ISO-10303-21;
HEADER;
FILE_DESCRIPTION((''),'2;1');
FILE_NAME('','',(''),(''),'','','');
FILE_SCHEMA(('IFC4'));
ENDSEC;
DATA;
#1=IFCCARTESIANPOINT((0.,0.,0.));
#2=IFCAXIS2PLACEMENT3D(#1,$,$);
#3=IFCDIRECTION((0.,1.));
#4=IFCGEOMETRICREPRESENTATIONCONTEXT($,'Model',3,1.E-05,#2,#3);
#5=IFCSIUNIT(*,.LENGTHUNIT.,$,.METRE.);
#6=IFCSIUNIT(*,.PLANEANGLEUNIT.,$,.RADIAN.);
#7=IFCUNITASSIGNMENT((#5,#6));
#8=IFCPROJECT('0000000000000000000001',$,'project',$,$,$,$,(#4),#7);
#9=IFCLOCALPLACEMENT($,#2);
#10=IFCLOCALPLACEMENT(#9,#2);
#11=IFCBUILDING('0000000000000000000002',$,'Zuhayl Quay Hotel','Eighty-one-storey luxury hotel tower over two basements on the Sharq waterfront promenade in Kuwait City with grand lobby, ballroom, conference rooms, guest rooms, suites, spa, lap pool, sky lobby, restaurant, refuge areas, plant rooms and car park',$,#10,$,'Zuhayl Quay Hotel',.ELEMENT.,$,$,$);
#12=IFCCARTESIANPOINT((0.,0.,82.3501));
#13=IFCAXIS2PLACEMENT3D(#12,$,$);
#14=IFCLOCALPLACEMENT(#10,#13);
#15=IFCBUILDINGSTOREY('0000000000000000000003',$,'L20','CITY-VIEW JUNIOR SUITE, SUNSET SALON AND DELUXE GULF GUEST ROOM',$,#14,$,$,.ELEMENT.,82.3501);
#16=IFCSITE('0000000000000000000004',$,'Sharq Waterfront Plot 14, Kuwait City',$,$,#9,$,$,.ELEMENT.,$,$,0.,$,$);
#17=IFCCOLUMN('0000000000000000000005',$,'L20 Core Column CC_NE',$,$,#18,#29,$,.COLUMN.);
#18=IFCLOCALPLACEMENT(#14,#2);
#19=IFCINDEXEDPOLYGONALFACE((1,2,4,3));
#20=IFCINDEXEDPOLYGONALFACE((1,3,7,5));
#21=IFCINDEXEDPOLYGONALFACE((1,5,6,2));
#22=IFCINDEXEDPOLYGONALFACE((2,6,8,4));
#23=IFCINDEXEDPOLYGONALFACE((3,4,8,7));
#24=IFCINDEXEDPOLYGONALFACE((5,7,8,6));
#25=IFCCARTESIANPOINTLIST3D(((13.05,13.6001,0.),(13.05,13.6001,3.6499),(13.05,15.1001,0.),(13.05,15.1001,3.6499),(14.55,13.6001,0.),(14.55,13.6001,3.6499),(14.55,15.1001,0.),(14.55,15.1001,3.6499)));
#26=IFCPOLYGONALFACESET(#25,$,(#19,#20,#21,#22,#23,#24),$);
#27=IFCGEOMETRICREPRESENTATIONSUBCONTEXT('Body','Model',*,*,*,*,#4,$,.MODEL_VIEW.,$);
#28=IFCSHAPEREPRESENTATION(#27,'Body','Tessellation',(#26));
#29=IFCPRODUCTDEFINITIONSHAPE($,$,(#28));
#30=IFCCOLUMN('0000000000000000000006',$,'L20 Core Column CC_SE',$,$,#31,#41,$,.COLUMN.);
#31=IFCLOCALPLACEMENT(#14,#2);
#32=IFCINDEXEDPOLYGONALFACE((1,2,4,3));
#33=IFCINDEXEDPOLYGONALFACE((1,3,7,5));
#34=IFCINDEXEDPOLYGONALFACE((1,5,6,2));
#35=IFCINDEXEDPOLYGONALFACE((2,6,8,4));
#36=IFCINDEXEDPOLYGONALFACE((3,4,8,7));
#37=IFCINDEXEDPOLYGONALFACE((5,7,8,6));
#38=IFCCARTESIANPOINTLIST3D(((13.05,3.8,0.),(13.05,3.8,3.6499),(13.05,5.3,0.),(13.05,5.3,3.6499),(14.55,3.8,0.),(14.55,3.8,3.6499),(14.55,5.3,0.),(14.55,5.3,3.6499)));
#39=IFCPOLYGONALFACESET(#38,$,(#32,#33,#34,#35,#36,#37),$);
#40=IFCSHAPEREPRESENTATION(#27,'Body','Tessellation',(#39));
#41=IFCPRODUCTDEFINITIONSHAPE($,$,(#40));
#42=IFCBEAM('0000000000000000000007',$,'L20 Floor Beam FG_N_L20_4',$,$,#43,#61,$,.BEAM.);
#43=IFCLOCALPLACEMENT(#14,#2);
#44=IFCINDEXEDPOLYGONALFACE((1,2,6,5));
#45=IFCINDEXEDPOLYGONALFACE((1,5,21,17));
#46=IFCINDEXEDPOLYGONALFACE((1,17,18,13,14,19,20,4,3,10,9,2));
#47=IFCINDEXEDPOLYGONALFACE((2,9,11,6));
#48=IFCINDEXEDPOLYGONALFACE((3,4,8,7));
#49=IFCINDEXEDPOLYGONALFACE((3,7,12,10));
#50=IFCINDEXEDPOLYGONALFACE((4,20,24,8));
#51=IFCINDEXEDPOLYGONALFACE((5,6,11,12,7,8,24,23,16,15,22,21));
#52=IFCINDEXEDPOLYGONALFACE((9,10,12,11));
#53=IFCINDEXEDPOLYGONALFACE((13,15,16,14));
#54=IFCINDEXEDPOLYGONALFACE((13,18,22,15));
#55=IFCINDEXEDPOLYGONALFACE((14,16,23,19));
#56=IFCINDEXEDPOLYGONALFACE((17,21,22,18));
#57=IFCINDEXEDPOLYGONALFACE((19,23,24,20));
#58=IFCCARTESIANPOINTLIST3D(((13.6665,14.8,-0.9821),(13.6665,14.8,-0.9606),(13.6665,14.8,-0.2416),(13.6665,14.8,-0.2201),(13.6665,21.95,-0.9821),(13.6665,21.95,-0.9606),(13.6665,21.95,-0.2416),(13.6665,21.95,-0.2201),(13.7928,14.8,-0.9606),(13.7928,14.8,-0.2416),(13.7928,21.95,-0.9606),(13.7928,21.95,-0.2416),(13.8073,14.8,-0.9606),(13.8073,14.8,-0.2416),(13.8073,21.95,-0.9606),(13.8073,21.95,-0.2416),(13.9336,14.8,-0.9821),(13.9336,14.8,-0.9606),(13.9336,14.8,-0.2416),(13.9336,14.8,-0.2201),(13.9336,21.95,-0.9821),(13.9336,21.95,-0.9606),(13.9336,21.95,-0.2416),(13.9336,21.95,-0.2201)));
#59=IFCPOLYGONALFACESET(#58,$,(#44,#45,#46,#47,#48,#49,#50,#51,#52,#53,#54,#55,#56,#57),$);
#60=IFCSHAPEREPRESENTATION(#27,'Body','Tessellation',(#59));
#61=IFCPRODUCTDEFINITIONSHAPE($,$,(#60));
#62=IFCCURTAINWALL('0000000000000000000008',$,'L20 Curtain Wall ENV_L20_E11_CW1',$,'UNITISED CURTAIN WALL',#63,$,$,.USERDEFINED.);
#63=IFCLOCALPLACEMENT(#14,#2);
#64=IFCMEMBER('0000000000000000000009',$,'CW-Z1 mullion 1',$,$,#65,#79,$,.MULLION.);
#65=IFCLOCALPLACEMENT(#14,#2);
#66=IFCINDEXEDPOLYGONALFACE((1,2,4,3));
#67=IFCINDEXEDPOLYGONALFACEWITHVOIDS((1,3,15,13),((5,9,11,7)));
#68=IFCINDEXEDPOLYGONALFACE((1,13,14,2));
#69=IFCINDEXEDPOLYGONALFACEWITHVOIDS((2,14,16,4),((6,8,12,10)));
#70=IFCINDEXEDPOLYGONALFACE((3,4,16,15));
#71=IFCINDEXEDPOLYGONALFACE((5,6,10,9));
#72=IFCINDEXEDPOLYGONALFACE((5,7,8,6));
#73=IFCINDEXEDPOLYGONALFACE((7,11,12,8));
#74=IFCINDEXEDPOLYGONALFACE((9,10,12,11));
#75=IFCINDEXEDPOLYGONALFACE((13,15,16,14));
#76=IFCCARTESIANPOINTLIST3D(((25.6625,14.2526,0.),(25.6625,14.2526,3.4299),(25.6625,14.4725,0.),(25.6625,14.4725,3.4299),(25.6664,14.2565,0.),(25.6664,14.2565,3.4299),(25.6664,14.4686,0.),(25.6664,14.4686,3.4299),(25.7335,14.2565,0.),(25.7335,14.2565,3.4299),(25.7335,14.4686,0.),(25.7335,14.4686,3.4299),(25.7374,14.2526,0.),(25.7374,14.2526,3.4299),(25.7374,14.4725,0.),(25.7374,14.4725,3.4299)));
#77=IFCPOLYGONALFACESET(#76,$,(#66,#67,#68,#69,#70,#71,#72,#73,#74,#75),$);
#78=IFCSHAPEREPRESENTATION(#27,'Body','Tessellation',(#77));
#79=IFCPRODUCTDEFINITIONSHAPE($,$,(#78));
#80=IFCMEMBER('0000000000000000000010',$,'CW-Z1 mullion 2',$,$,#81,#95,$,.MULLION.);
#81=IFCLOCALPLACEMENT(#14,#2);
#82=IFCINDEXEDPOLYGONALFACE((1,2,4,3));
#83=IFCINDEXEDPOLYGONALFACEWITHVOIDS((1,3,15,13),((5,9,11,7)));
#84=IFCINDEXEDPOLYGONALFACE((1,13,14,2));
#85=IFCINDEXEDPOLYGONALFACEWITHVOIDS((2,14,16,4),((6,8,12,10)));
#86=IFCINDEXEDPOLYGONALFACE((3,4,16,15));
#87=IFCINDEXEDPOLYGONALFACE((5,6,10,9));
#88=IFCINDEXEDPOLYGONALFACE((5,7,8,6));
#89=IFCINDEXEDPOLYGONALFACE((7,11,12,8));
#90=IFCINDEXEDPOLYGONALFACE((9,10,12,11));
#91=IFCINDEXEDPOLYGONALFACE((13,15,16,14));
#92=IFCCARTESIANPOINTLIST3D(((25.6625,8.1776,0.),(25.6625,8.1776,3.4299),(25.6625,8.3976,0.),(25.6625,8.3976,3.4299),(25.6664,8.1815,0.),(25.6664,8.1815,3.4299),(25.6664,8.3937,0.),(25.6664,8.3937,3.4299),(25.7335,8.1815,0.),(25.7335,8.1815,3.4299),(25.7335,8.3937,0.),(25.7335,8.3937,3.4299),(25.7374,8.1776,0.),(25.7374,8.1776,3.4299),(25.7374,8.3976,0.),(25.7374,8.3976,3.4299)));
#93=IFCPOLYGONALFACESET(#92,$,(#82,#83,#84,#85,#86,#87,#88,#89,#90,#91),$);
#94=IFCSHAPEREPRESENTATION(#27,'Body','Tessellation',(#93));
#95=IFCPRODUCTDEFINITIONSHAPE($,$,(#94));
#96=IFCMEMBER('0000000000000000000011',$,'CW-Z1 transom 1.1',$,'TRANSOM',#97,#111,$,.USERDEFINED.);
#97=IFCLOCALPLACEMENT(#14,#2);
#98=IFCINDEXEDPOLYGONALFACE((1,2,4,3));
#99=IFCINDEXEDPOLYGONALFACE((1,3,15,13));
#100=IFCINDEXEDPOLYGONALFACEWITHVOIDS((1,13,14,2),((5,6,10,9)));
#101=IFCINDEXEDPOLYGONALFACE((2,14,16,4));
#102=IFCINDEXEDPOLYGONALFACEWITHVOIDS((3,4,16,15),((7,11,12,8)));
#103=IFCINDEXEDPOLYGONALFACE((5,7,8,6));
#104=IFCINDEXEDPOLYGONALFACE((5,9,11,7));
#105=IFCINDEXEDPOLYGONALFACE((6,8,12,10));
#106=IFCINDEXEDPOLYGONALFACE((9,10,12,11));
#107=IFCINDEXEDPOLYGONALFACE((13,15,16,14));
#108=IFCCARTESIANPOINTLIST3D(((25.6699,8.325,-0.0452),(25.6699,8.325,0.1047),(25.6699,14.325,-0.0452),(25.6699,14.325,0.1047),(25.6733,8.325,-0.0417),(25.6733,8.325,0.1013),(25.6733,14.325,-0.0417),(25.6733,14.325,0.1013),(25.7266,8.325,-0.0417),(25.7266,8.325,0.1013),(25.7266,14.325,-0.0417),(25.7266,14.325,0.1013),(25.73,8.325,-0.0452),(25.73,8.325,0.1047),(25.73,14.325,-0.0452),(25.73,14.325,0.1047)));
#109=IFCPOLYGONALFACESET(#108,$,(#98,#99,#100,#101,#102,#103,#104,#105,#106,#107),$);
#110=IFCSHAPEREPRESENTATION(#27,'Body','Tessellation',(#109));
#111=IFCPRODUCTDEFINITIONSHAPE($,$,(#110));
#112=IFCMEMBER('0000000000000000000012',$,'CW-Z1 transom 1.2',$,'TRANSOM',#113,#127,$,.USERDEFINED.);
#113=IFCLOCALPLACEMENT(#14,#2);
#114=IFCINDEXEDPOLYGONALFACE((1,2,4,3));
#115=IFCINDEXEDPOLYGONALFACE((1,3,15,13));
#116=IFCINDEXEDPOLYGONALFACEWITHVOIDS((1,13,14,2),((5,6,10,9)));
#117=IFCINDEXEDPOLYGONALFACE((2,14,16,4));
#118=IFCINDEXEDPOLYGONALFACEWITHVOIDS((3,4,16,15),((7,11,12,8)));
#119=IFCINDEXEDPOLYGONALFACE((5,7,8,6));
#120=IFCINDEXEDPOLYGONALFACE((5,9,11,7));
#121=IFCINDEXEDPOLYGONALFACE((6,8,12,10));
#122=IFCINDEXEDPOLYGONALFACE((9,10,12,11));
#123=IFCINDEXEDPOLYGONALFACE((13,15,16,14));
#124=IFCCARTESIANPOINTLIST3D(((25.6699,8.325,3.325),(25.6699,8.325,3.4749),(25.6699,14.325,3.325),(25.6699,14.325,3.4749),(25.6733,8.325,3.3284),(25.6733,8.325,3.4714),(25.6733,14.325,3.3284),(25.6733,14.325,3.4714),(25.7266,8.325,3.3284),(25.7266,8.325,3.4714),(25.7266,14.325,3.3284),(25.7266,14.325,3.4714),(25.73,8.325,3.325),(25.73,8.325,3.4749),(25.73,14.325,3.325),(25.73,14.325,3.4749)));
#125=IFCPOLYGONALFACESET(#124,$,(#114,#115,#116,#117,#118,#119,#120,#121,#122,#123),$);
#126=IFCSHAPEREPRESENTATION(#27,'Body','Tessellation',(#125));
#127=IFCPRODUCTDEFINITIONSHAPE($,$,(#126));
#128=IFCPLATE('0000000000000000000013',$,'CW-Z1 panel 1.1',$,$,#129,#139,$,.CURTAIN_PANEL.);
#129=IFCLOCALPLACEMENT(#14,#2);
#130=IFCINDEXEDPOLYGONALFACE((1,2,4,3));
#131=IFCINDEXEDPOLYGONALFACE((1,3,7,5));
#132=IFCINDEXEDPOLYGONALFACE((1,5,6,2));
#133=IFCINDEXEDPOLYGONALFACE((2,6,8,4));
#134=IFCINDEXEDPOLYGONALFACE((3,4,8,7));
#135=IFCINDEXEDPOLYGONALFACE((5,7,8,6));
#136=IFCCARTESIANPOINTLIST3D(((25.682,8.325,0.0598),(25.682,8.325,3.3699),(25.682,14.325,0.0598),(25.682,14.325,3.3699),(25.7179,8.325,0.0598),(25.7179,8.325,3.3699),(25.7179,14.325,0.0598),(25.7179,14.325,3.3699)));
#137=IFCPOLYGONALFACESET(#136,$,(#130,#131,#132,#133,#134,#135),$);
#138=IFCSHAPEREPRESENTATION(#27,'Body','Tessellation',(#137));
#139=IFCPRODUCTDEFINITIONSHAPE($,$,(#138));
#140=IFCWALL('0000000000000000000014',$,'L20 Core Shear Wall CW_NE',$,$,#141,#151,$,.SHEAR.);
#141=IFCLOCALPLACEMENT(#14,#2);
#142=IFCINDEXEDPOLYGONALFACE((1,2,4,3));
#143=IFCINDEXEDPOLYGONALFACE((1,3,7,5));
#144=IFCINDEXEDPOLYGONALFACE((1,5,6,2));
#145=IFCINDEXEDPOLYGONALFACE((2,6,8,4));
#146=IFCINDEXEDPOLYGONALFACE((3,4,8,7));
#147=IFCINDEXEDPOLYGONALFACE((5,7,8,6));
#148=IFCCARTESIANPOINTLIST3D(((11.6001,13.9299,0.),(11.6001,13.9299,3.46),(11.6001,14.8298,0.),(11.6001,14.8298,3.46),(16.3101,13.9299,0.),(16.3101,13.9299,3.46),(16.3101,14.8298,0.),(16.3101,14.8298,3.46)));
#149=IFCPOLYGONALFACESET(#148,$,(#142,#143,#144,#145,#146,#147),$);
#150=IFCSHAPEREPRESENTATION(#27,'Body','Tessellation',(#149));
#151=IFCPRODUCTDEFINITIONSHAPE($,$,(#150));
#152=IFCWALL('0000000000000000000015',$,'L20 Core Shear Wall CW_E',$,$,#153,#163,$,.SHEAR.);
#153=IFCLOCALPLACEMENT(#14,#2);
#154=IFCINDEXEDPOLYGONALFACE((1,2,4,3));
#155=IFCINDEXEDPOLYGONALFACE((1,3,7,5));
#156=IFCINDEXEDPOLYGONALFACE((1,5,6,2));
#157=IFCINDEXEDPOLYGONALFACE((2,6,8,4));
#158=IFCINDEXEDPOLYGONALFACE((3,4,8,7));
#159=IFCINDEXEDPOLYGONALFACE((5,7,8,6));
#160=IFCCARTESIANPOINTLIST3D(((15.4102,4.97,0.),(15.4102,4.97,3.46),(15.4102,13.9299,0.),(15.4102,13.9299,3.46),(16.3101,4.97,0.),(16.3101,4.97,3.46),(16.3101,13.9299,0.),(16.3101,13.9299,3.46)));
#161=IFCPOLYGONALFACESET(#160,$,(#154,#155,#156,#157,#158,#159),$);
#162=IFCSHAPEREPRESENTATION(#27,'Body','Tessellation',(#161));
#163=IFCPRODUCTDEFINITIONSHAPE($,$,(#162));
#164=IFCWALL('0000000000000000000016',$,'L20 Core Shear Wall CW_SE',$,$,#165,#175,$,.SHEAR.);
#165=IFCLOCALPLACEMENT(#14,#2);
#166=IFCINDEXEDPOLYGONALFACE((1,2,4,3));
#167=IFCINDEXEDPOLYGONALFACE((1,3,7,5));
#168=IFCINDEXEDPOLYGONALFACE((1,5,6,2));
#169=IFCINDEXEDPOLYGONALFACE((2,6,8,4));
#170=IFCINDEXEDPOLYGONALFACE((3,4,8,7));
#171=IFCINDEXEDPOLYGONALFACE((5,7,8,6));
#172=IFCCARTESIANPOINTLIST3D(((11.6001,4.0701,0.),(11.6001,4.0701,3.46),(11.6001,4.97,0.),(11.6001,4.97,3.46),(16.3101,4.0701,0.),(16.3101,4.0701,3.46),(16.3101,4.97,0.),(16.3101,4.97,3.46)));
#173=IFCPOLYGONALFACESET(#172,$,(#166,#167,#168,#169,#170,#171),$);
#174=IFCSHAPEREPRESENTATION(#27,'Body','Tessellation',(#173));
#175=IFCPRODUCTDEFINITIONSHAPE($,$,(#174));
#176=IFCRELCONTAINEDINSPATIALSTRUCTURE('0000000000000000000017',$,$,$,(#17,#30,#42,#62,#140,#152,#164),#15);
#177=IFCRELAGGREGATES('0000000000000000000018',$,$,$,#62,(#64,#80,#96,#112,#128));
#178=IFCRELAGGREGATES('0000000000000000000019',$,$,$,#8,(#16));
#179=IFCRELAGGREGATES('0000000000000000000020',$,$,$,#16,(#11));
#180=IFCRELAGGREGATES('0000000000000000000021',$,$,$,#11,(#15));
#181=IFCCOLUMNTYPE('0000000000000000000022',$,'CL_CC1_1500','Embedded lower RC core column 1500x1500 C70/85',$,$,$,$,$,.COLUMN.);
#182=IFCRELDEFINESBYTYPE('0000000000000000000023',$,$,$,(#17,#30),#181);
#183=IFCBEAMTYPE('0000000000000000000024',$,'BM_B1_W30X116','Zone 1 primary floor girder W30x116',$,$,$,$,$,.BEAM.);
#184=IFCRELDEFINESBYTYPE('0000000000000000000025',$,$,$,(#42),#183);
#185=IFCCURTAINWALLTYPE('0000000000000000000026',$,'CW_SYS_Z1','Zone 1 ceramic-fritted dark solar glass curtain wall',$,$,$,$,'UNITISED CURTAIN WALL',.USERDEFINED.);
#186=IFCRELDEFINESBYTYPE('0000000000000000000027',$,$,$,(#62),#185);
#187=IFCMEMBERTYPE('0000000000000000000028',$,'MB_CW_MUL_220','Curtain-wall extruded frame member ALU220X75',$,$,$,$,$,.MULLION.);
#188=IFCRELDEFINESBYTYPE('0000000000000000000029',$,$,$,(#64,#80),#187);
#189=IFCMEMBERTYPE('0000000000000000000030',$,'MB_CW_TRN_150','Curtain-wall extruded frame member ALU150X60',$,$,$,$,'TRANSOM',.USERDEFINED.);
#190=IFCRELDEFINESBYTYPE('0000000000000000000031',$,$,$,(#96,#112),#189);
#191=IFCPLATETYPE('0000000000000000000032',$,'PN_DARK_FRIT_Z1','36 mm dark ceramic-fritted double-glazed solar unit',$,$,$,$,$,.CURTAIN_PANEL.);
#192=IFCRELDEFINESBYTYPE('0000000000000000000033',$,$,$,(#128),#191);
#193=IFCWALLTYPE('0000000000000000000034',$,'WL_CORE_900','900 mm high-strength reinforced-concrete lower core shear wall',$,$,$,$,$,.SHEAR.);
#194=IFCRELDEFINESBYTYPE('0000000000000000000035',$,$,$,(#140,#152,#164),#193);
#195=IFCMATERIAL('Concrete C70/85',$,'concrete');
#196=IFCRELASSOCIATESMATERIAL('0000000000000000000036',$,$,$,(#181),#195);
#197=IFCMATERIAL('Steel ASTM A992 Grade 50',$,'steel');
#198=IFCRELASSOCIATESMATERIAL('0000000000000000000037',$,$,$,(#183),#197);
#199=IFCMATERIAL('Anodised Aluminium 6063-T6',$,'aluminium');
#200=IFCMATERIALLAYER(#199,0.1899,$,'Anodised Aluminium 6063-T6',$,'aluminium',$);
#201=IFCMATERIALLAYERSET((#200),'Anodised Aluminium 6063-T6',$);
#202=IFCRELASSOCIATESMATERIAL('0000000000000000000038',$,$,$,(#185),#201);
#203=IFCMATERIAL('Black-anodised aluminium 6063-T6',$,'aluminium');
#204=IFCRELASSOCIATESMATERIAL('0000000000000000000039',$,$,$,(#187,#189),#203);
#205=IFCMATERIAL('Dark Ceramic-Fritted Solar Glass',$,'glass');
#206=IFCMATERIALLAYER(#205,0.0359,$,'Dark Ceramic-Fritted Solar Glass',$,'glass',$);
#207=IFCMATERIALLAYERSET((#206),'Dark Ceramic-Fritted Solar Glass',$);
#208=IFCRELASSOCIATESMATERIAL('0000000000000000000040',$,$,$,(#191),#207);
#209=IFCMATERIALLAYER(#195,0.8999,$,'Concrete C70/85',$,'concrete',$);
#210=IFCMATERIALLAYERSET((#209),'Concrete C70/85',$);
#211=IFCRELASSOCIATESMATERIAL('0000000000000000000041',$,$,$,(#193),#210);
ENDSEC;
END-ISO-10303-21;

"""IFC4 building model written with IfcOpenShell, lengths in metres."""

from ifc_helpers import new_model, si_unit, direction, frame, frame_2d, origin, origin_2d, place, context, subcontext, project, spatial, rectangle, hollow_rectangle, i_section, extrude, material, layer, layer_set, material_profile, profile_set, type_object, element, aggregate, save


model = new_model("IFC4")

# Units and contexts
model_context = context("Model", 3, precision=1e-05, world=origin(), true_north=direction((0.0, 1.0)))
body_context = subcontext(model_context, "Body", "Model", "MODEL_VIEW")
ifc_project = project(units=[si_unit("LENGTHUNIT", "METRE"), si_unit("PLANEANGLEUNIT", "RADIAN")], contexts=[model_context])

# Site, building, storey
site_placement = place(None, origin())
site = spatial("IfcSite", under=ifc_project, at=site_placement, Name="Sharq Waterfront Plot 14, Kuwait City", CompositionType="ELEMENT", RefElevation=0.0)
building_placement = place(site_placement, origin())
building = spatial("IfcBuilding", under=site, at=building_placement, Name="Zuhayl Quay Hotel", Description="Eighty-one-storey luxury hotel tower over two basements on the Sharq waterfront promenade in Kuwait City with grand lobby, ballroom, conference rooms, guest rooms, suites, spa, lap pool, sky lobby, restaurant, refuge areas, plant rooms and car park", LongName="Zuhayl Quay Hotel", CompositionType="ELEMENT")
storey_placement = place(building_placement, frame((0.0, 0.0, 82.3501)))
storey = spatial("IfcBuildingStorey", under=building, at=storey_placement, Name="L20", Description="CITY-VIEW JUNIOR SUITE, SUNSET SALON AND DELUXE GULF GUEST ROOM", CompositionType="ELEMENT", Elevation=82.3501)

# Columns
ifc_material_1 = material(Name="Concrete C70/85", Category="concrete")
ifc_material_profile_1 = material_profile(ifc_material_1, rectangle(XDim=1.5, YDim=1.5, at=origin_2d()), Name="RC1500X1500")
ifc_profile_set_1 = profile_set([ifc_material_profile_1], Name="Concrete C70/85")
column_type = type_object("IfcColumnType", Name="CL_CC1_1500", Description="Embedded lower RC core column 1500x1500 C70/85", PredefinedType="COLUMN", material=ifc_profile_set_1)
for number, where, z_axis, x_axis, name in (
    (1, (13.8, 14.3501, 0.0), (0.0, 0.0, 1.0), (1.0, 0.0, 0.0), "L20 Core Column CC_NE"),
    (2, (13.8, 4.55, 0.0), (0.0, 0.0, 1.0), (1.0, 0.0, 0.0), "L20 Core Column CC_SE"),
):
    element("IfcColumn", number, at=place(storey_placement, frame(where, z_axis=z_axis, x_axis=x_axis)), inside=storey, type_object=column_type, Name=name, PredefinedType="COLUMN", context=body_context, shape_type="SweptSolid", body=[
        extrude(rectangle(XDim=1.5, YDim=1.5, at=origin_2d()), origin(), (0.0, 0.0, 1.0), 3.6499),
    ])

# Beam
ifc_material_2 = material(Name="Steel ASTM A992 Grade 50", Category="steel")
ifc_material_profile_2 = material_profile(ifc_material_2, i_section(OverallWidth=0.2671, OverallDepth=0.762, WebThickness=0.0144, FlangeThickness=0.0215, at=origin_2d()), Name="W30X116")
ifc_profile_set_2 = profile_set([ifc_material_profile_2], Name="Steel ASTM A992 Grade 50")
beam_type = type_object("IfcBeamType", Name="BM_B1_W30X116", Description="Zone 1 primary floor girder W30x116", PredefinedType="BEAM", material=ifc_profile_set_2)
beam_placement = place(storey_placement, frame((13.8, 14.8, -0.6011), z_axis=(0.0, 1.0, 0.0), x_axis=(-1.0, 0.0, 0.0)))
element("IfcBeam", 3, at=beam_placement, inside=storey, type_object=beam_type, Name="L20 Floor Beam FG_N_L20_4", PredefinedType="BEAM", context=body_context, shape_type="SweptSolid", body=[
    extrude(i_section(OverallWidth=0.2671, OverallDepth=0.762, WebThickness=0.0144, FlangeThickness=0.0215, at=origin_2d()), origin(), (0.0, 0.0, 1.0), 7.1499),
])

# Curtain wall, members, plate
ifc_material_3 = material(Name="Anodised Aluminium 6063-T6", Category="aluminium")
ifc_layer_1 = layer(ifc_material_3, 0.1899, Name="Anodised Aluminium 6063-T6", Category="aluminium")
ifc_layer_set_1 = layer_set([ifc_layer_1], Name="Anodised Aluminium 6063-T6")
curtain_wall_type = type_object("IfcCurtainWallType", Name="CW_SYS_Z1", Description="Zone 1 ceramic-fritted dark solar glass curtain wall", ElementType="UNITISED CURTAIN WALL", PredefinedType="USERDEFINED", material=ifc_layer_set_1)
curtain_wall_placement = place(storey_placement, origin())
curtain_wall = element("IfcCurtainWall", 4, at=curtain_wall_placement, inside=storey, type_object=curtain_wall_type, Name="L20 Curtain Wall ENV_L20_E11_CW1", ObjectType="UNITISED CURTAIN WALL", PredefinedType="USERDEFINED")
ifc_material_4 = material(Name="Black-anodised aluminium 6063-T6", Category="aluminium")
ifc_material_profile_3 = material_profile(ifc_material_4, hollow_rectangle(XDim=0.075, YDim=0.22, WallThickness=0.0039, at=origin_2d()), Name="ALU220X75")
ifc_profile_set_3 = profile_set([ifc_material_profile_3], Name="Black-anodised aluminium 6063-T6")
member_type_1 = type_object("IfcMemberType", Name="MB_CW_MUL_220", Description="Curtain-wall extruded frame member ALU220X75", PredefinedType="MULLION", material=ifc_profile_set_3)
member_1_placement = place(storey_placement, frame((25.7, 14.3625, 0.0), z_axis=(0.0, 0.0, 1.0), x_axis=(1.0, 0.0, 0.0)))
member_1 = element("IfcMember", 5, at=member_1_placement, type_object=member_type_1, Name="CW-Z1 mullion 1", PredefinedType="MULLION", context=body_context, shape_type="SweptSolid", body=[
    extrude(hollow_rectangle(XDim=0.075, YDim=0.22, WallThickness=0.0039, at=origin_2d()), origin(), (0.0, 0.0, 1.0), 3.4299),
])
member_2_placement = place(storey_placement, frame((25.7, 8.2876, 0.0), z_axis=(0.0, 0.0, 1.0), x_axis=(1.0, 0.0, 0.0)))
member_2 = element("IfcMember", 6, at=member_2_placement, type_object=member_type_1, Name="CW-Z1 mullion 2", PredefinedType="MULLION", context=body_context, shape_type="SweptSolid", body=[
    extrude(hollow_rectangle(XDim=0.075, YDim=0.22, WallThickness=0.0039, at=origin_2d()), origin(), (0.0, 0.0, 1.0), 3.4299),
])
ifc_material_profile_4 = material_profile(ifc_material_4, hollow_rectangle(XDim=0.0601, YDim=0.1499, WallThickness=0.0034, at=origin_2d()), Name="ALU150X60")
ifc_profile_set_4 = profile_set([ifc_material_profile_4], Name="Black-anodised aluminium 6063-T6")
member_type_2 = type_object("IfcMemberType", Name="MB_CW_TRN_150", Description="Curtain-wall extruded frame member ALU150X60", ElementType="TRANSOM", PredefinedType="USERDEFINED", material=ifc_profile_set_4)
member_3_placement = place(storey_placement, frame((25.7, 14.325, 0.0298), z_axis=(0.0, -1.0, 0.0), x_axis=(1.0, 0.0, 0.0)))
member_3 = element("IfcMember", 7, at=member_3_placement, type_object=member_type_2, Name="CW-Z1 transom 1.1", ObjectType="TRANSOM", PredefinedType="USERDEFINED", context=body_context, shape_type="SweptSolid", body=[
    extrude(hollow_rectangle(XDim=0.0601, YDim=0.1499, WallThickness=0.0034, at=origin_2d()), origin(), (0.0, 0.0, 1.0), 6.0),
])
member_4_placement = place(storey_placement, frame((25.7, 14.325, 3.3999), z_axis=(0.0, -1.0, 0.0), x_axis=(1.0, 0.0, 0.0)))
member_4 = element("IfcMember", 8, at=member_4_placement, type_object=member_type_2, Name="CW-Z1 transom 1.2", ObjectType="TRANSOM", PredefinedType="USERDEFINED", context=body_context, shape_type="SweptSolid", body=[
    extrude(hollow_rectangle(XDim=0.0601, YDim=0.1499, WallThickness=0.0034, at=origin_2d()), origin(), (0.0, 0.0, 1.0), 6.0),
])
ifc_material_5 = material(Name="Dark Ceramic-Fritted Solar Glass", Category="glass")
ifc_layer_2 = layer(ifc_material_5, 0.0359, Name="Dark Ceramic-Fritted Solar Glass", Category="glass")
ifc_layer_set_2 = layer_set([ifc_layer_2], Name="Dark Ceramic-Fritted Solar Glass")
plate_type = type_object("IfcPlateType", Name="PN_DARK_FRIT_Z1", Description="36 mm dark ceramic-fritted double-glazed solar unit", PredefinedType="CURTAIN_PANEL", material=ifc_layer_set_2)
plate_placement = place(storey_placement, frame((25.7, 11.325, 0.0598), z_axis=(0.0, 0.0, 1.0), x_axis=(0.0, -1.0, 0.0)))
plate = element("IfcPlate", 9, at=plate_placement, type_object=plate_type, Name="CW-Z1 panel 1.1", PredefinedType="CURTAIN_PANEL", context=body_context, shape_type="SweptSolid", body=[
    extrude(rectangle(XDim=6.0, YDim=0.0359, at=origin_2d()), origin(), (0.0, 0.0, 1.0), 3.3101),
])
aggregate(curtain_wall, [member_1, member_2, member_3, member_4, plate])

# Walls
ifc_layer_3 = layer(ifc_material_1, 0.8999, Name="Concrete C70/85", Category="concrete")
ifc_layer_set_3 = layer_set([ifc_layer_3], Name="Concrete C70/85")
wall_type_1 = type_object("IfcWallType", Name="WL_CORE_900", Description="900 mm high-strength reinforced-concrete lower core shear wall", PredefinedType="SHEAR", material=ifc_layer_set_3)
wall_1_placement = place(storey_placement, frame((11.6001, 14.3799, 0.0), z_axis=(0.0, 0.0, 1.0), x_axis=(1.0, 0.0, 0.0)))
element("IfcWall", 10, at=wall_1_placement, inside=storey, type_object=wall_type_1, Name="L20 Core Shear Wall CW_NE", PredefinedType="SHEAR", context=body_context, shape_type="SweptSolid", body=[
    extrude(rectangle(XDim=4.71, YDim=0.8999, at=frame_2d((2.355, 0.0))), origin(), (0.0, 0.0, 1.0), 3.46),
])
wall_2_placement = place(storey_placement, frame((15.8601, 4.97, 0.0), z_axis=(0.0, 0.0, 1.0), x_axis=(0.0, 1.0, 0.0)))
element("IfcWall", 11, at=wall_2_placement, inside=storey, type_object=wall_type_1, Name="L20 Core Shear Wall CW_E", PredefinedType="SHEAR", context=body_context, shape_type="SweptSolid", body=[
    extrude(rectangle(XDim=8.96, YDim=0.8999, at=frame_2d((4.48, 0.0))), origin(), (0.0, 0.0, 1.0), 3.46),
])
wall_3_placement = place(storey_placement, frame((11.6001, 4.52, 0.0), z_axis=(0.0, 0.0, 1.0), x_axis=(1.0, 0.0, 0.0)))
element("IfcWall", 12, at=wall_3_placement, inside=storey, type_object=wall_type_1, Name="L20 Core Shear Wall CW_SE", PredefinedType="SHEAR", context=body_context, shape_type="SweptSolid", body=[
    extrude(rectangle(XDim=4.71, YDim=0.8999, at=frame_2d((2.355, 0.0))), origin(), (0.0, 0.0, 1.0), 3.46),
])

save(model, "model.ifc")
